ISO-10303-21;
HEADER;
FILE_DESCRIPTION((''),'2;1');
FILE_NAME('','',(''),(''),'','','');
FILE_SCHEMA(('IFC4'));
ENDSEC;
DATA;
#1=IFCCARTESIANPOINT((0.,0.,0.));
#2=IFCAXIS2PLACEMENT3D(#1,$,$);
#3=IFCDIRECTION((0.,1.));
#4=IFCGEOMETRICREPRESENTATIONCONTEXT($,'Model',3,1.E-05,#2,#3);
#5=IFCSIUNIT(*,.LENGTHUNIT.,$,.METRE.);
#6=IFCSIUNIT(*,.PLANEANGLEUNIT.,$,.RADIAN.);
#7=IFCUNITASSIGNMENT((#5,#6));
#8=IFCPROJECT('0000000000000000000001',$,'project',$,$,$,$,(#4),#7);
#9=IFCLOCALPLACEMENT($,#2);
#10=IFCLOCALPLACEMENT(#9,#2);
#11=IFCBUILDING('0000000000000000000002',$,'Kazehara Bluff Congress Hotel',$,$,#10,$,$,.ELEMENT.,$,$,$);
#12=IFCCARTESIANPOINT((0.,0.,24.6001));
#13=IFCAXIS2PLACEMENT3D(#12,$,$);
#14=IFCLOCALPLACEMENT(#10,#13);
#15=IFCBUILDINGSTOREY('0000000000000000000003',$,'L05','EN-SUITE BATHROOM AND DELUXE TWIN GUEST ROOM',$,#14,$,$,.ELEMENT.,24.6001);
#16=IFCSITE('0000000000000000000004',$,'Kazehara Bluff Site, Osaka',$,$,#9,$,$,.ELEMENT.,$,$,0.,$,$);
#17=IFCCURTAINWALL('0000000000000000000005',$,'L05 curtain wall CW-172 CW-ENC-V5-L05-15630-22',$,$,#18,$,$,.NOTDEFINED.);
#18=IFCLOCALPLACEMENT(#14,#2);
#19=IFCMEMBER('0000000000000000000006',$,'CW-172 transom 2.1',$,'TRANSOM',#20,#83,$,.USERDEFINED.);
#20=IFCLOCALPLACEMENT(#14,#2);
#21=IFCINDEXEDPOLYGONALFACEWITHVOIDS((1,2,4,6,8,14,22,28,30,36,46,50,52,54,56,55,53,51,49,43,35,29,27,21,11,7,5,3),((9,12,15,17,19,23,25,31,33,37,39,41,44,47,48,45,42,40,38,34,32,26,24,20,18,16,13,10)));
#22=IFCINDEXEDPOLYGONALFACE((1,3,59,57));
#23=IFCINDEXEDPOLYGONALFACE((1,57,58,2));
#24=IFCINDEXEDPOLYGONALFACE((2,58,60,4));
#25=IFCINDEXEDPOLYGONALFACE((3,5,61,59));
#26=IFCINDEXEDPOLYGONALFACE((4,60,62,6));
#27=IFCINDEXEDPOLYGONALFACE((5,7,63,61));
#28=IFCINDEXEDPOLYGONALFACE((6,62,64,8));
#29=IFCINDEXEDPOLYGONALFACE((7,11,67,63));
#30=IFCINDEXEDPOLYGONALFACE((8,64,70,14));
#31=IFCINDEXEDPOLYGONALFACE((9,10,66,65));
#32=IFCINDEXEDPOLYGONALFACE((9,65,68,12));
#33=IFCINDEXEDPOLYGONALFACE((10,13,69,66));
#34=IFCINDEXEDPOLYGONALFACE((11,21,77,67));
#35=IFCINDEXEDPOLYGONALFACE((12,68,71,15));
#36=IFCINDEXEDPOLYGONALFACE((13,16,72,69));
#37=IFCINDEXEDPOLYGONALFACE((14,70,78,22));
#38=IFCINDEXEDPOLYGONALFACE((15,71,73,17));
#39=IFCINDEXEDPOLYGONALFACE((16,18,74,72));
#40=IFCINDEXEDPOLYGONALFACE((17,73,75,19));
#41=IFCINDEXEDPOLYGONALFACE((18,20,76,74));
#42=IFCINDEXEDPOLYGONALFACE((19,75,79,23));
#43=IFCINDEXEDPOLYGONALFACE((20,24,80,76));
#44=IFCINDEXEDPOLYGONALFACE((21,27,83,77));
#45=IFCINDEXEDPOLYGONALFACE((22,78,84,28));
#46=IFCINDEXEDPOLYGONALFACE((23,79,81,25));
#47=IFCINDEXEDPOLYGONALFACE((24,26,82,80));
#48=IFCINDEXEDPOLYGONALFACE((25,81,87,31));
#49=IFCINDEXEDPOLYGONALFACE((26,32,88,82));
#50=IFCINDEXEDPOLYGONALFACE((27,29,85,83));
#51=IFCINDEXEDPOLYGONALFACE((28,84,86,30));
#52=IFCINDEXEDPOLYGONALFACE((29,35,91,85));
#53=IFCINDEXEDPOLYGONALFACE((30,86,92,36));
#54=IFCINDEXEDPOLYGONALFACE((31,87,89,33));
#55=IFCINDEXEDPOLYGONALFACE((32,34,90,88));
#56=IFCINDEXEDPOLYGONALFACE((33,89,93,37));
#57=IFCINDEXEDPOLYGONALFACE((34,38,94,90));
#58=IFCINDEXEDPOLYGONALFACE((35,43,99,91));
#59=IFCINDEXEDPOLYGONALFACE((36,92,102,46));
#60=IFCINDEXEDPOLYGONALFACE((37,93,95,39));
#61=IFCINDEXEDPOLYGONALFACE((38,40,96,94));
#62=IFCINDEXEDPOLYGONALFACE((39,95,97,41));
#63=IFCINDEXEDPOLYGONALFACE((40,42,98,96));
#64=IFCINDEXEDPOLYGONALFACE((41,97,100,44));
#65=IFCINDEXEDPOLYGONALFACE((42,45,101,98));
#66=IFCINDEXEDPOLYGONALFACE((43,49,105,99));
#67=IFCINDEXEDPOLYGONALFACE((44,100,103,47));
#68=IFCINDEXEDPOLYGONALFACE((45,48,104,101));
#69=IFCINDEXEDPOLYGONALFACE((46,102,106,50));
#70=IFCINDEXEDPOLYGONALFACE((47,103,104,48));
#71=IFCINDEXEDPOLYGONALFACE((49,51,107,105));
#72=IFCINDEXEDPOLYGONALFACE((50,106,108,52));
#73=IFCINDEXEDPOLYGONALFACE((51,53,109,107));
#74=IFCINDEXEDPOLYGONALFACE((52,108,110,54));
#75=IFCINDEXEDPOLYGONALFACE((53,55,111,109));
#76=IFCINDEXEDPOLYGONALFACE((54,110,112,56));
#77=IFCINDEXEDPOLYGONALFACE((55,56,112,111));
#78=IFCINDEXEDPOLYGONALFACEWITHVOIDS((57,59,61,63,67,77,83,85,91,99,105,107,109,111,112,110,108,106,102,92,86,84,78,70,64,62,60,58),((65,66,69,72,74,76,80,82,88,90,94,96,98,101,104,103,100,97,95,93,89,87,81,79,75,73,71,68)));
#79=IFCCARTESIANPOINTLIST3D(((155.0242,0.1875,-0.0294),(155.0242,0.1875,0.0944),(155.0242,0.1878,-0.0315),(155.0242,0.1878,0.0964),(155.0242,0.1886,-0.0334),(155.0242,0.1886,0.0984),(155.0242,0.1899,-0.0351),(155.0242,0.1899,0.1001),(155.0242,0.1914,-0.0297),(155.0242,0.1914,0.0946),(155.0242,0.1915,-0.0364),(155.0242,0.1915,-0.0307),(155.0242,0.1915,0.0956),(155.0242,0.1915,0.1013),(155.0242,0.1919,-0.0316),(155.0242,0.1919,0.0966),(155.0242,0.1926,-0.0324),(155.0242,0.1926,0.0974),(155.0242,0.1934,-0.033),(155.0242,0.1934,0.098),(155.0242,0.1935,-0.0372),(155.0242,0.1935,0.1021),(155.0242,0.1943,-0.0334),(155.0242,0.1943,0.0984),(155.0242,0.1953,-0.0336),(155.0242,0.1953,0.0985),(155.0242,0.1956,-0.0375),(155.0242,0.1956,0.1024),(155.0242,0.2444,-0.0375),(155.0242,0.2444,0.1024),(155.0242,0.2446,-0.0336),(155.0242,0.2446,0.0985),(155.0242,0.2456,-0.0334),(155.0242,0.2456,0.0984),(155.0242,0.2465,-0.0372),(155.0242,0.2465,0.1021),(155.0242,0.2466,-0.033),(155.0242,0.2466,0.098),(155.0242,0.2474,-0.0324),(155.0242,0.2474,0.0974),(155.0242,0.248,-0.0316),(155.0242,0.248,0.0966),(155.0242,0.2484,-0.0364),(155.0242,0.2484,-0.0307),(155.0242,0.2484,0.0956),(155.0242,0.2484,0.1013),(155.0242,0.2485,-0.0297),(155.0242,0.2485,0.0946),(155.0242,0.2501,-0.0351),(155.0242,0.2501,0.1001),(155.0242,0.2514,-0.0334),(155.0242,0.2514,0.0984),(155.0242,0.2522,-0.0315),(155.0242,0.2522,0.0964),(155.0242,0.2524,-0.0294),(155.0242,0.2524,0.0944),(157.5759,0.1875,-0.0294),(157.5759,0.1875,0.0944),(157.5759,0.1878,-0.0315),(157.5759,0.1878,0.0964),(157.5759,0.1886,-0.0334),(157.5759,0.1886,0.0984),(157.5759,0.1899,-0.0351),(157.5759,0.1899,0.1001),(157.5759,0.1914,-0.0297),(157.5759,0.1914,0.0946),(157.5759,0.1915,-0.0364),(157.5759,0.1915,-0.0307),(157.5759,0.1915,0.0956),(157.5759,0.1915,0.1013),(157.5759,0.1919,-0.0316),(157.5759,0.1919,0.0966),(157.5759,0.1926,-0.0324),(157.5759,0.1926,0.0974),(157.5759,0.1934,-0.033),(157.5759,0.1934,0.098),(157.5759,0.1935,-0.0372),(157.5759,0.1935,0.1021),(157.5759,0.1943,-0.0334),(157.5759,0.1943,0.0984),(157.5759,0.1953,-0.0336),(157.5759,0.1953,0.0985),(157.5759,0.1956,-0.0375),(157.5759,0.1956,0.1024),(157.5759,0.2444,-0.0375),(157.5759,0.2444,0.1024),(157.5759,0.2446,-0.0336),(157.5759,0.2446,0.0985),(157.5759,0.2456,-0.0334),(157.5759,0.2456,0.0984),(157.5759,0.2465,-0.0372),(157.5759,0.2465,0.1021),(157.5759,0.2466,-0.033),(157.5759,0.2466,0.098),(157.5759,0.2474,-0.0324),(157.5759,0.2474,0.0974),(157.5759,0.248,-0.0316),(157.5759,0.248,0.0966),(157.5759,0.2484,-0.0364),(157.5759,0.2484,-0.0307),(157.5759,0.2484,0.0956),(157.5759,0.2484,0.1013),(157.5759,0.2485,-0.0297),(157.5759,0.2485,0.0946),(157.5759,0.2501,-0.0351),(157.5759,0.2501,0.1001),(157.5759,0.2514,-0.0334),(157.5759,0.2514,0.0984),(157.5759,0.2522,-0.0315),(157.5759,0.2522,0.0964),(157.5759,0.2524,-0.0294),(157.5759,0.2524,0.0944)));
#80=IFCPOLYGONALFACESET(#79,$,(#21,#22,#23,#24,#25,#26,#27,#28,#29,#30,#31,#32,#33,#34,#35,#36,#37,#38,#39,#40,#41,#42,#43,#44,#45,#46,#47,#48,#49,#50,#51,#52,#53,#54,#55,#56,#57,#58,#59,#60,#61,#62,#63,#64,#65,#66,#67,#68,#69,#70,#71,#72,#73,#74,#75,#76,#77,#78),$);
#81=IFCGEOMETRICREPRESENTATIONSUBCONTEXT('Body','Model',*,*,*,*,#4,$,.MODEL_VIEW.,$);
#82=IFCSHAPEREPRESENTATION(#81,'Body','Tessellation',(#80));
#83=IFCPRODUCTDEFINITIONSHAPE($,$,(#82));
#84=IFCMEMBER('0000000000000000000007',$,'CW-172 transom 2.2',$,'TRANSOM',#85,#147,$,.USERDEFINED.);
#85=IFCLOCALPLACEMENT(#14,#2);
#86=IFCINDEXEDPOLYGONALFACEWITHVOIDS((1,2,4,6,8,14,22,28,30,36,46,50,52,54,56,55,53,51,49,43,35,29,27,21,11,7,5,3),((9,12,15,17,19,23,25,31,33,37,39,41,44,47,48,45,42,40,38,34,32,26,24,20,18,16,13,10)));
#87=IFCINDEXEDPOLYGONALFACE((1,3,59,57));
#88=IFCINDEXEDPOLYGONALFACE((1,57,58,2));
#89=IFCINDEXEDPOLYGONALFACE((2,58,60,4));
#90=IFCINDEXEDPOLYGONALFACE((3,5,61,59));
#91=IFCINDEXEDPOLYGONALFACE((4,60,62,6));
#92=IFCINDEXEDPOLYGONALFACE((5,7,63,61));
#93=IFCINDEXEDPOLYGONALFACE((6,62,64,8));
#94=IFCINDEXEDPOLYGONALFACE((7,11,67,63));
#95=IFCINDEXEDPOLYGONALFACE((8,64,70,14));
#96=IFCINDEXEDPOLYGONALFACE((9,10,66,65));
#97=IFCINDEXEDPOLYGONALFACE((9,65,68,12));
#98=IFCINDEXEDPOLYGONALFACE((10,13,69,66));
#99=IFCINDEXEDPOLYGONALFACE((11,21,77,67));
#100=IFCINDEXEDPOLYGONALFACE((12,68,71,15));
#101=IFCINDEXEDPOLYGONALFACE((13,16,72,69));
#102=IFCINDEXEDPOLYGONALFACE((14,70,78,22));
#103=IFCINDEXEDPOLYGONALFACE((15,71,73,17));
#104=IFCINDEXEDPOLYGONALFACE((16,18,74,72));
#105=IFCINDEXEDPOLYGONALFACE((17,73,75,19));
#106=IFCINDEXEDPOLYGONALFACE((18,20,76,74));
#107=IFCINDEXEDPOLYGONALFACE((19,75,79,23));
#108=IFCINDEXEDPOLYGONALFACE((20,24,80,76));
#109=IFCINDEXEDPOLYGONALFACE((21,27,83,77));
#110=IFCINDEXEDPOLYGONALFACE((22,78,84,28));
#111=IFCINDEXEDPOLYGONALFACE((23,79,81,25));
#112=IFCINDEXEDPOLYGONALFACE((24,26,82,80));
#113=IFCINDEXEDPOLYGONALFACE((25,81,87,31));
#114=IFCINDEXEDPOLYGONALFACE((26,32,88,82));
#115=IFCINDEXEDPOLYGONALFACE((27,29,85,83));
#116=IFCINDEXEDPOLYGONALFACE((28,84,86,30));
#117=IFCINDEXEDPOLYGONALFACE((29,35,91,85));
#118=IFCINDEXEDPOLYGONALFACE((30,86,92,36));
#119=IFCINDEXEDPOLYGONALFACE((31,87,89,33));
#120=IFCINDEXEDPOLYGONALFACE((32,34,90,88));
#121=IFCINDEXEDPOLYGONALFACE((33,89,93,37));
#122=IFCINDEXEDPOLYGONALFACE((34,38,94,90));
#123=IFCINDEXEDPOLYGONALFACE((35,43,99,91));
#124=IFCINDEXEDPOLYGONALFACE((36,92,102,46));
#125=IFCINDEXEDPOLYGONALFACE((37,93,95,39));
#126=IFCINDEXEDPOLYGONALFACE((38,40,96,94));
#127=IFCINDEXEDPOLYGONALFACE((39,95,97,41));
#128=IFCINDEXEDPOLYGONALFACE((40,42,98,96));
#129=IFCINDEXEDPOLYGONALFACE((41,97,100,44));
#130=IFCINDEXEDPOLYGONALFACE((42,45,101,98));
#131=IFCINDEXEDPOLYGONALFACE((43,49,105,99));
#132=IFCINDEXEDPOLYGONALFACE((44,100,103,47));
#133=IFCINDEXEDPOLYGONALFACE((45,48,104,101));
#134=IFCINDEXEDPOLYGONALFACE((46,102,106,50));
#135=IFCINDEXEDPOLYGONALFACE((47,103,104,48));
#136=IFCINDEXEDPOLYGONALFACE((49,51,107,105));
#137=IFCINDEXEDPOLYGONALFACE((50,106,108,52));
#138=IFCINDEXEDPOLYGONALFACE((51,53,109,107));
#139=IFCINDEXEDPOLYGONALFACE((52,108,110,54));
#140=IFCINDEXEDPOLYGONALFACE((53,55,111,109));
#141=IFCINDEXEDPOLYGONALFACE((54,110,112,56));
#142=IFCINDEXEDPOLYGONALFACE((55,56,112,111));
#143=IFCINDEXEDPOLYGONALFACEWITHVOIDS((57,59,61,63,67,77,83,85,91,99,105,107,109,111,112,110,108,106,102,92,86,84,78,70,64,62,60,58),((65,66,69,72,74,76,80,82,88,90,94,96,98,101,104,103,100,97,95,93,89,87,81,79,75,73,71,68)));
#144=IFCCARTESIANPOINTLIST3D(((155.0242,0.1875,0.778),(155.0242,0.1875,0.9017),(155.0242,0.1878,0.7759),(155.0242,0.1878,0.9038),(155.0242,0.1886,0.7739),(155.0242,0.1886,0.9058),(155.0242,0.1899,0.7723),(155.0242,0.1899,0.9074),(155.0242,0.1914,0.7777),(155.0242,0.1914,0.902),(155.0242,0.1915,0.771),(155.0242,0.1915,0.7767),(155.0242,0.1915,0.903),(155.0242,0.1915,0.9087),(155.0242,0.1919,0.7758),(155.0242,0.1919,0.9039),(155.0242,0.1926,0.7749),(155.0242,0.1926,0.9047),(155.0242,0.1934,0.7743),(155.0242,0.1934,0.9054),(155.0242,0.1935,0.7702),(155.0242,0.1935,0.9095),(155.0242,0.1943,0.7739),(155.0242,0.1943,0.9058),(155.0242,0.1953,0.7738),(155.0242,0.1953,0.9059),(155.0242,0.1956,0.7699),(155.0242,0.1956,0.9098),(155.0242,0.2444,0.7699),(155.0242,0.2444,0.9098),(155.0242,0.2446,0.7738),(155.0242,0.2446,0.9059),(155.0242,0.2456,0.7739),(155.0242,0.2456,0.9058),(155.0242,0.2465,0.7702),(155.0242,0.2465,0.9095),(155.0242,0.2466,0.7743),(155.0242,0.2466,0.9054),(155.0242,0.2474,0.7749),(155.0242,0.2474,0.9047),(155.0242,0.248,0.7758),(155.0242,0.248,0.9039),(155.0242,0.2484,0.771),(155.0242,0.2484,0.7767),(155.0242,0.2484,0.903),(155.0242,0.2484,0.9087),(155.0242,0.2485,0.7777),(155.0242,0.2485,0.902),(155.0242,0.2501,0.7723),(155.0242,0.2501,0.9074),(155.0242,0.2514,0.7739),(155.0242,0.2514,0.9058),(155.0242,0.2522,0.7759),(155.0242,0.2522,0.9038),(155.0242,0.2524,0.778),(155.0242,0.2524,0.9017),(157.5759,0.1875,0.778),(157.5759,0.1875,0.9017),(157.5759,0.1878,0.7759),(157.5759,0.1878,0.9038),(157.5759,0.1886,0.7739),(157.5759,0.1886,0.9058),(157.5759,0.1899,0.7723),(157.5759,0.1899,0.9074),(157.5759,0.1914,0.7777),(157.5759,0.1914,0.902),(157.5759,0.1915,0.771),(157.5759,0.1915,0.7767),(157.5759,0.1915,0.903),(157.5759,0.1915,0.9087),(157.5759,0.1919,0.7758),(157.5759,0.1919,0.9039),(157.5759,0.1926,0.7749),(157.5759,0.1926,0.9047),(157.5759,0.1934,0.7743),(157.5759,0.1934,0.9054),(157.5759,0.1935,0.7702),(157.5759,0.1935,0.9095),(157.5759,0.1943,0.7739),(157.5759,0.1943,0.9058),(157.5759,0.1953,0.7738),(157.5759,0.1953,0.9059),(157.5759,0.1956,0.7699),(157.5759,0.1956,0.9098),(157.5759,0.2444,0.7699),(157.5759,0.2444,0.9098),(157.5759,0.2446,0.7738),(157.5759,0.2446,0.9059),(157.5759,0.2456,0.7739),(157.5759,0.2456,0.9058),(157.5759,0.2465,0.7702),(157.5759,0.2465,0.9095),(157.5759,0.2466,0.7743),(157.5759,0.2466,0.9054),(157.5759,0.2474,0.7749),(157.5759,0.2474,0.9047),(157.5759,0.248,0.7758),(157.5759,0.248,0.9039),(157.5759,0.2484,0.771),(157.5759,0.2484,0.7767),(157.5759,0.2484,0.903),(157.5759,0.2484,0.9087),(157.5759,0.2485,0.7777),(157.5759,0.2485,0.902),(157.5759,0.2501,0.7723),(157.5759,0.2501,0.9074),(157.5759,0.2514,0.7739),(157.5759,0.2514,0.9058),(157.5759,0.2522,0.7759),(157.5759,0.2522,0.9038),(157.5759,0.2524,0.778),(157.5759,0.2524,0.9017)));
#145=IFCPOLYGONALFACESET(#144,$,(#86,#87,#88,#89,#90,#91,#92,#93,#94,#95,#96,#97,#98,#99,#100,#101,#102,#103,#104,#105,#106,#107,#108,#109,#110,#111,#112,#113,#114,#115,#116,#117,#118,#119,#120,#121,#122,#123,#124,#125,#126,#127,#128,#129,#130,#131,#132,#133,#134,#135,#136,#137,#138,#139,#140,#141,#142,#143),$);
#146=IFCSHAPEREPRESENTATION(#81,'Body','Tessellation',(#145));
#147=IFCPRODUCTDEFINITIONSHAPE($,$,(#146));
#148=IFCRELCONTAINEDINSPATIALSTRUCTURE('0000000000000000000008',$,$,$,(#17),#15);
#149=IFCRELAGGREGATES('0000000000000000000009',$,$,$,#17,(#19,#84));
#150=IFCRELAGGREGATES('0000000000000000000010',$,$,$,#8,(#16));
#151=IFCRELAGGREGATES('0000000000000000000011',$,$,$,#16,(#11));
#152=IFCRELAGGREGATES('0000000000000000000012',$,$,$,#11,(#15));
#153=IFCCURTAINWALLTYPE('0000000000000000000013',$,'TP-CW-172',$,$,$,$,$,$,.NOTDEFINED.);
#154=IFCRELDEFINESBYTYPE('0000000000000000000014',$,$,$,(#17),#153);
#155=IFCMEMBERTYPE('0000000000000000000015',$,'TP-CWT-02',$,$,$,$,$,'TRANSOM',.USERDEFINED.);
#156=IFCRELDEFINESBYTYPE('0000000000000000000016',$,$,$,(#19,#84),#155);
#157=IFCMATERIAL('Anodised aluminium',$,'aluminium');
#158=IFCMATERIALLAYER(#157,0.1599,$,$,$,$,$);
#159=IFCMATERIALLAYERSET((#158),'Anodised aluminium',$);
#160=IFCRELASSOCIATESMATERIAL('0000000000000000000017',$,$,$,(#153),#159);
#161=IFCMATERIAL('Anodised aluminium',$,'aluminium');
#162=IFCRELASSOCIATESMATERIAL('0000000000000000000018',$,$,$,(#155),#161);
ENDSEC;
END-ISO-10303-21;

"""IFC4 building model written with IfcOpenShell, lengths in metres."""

from ifc_helpers import new_model, si_unit, direction, frame, origin, origin_2d, place, context, subcontext, project, spatial, hollow_rectangle, extrude, material, layer, layer_set, material_profile, profile_set, type_object, element, aggregate, save


model = new_model("IFC4")

# Units and contexts
model_context = context("Model", 3, precision=1e-05, world=origin(), true_north=direction((0.0, 1.0)))
body_context = subcontext(model_context, "Body", "Model", "MODEL_VIEW")
ifc_project = project(units=[si_unit("LENGTHUNIT", "METRE"), si_unit("PLANEANGLEUNIT", "RADIAN")], contexts=[model_context])

# Site, building, storey
site_placement = place(None, origin())
site = spatial("IfcSite", under=ifc_project, at=site_placement, Name="Kazehara Bluff Site, Osaka", CompositionType="ELEMENT", RefElevation=0.0)
building_placement = place(site_placement, origin())
building = spatial("IfcBuilding", under=site, at=building_placement, Name="Kazehara Bluff Congress Hotel", CompositionType="ELEMENT")
storey_placement = place(building_placement, frame((0.0, 0.0, 24.6001)))
storey = spatial("IfcBuildingStorey", under=building, at=storey_placement, Name="L05", Description="EN-SUITE BATHROOM AND DELUXE TWIN GUEST ROOM", CompositionType="ELEMENT", Elevation=24.6001)

# Curtain wall, members
ifc_material_1 = material(Name="Anodised aluminium", Category="aluminium")
ifc_layer_1 = layer(ifc_material_1, 0.1599)
ifc_layer_set_1 = layer_set([ifc_layer_1], Name="Anodised aluminium")
curtain_wall_type = type_object("IfcCurtainWallType", Name="TP-CW-172", PredefinedType="NOTDEFINED", material=ifc_layer_set_1)
curtain_wall_placement = place(storey_placement, origin())
curtain_wall = element("IfcCurtainWall", 1, at=curtain_wall_placement, inside=storey, type_object=curtain_wall_type, Name="L05 curtain wall CW-172 CW-ENC-V5-L05-15630-22", PredefinedType="NOTDEFINED")
ifc_material_2 = material(Name="Anodised aluminium", Category="aluminium")
ifc_material_profile_1 = material_profile(ifc_material_2, hollow_rectangle(XDim=0.0649, YDim=0.1399, WallThickness=0.0039, InnerFilletRadius=0.0039, OuterFilletRadius=0.0081, at=origin_2d()))
ifc_profile_set_1 = profile_set([ifc_material_profile_1], Name="Anodised aluminium")
member_type_1 = type_object("IfcMemberType", Name="TP-CWT-02", ElementType="TRANSOM", PredefinedType="USERDEFINED", material=ifc_profile_set_1)
member_1_placement = place(storey_placement, frame((157.5759, 0.22, 0.0325), z_axis=(-1.0, 0.0, 0.0), x_axis=(0.0, -1.0, 0.0)))
member_1 = element("IfcMember", 2, at=member_1_placement, type_object=member_type_1, Name="CW-172 transom 2.1", ObjectType="TRANSOM", PredefinedType="USERDEFINED", context=body_context, shape_type="SweptSolid", body=[
    extrude(hollow_rectangle(XDim=0.0649, YDim=0.1399, WallThickness=0.0039, InnerFilletRadius=0.0039, OuterFilletRadius=0.0081, at=origin_2d()), origin(), (0.0, 0.0, 1.0), 2.5518),
])
member_2_placement = place(storey_placement, frame((157.5759, 0.22, 0.8398), z_axis=(-1.0, 0.0, 0.0), x_axis=(0.0, -1.0, 0.0)))
member_2 = element("IfcMember", 3, at=member_2_placement, type_object=member_type_1, Name="CW-172 transom 2.2", ObjectType="TRANSOM", PredefinedType="USERDEFINED", context=body_context, shape_type="SweptSolid", body=[
    extrude(hollow_rectangle(XDim=0.0649, YDim=0.1399, WallThickness=0.0039, InnerFilletRadius=0.0039, OuterFilletRadius=0.0081, at=origin_2d()), origin(), (0.0, 0.0, 1.0), 2.5518),
])
aggregate(curtain_wall, [member_1, member_2])

save(model, "model.ifc")
